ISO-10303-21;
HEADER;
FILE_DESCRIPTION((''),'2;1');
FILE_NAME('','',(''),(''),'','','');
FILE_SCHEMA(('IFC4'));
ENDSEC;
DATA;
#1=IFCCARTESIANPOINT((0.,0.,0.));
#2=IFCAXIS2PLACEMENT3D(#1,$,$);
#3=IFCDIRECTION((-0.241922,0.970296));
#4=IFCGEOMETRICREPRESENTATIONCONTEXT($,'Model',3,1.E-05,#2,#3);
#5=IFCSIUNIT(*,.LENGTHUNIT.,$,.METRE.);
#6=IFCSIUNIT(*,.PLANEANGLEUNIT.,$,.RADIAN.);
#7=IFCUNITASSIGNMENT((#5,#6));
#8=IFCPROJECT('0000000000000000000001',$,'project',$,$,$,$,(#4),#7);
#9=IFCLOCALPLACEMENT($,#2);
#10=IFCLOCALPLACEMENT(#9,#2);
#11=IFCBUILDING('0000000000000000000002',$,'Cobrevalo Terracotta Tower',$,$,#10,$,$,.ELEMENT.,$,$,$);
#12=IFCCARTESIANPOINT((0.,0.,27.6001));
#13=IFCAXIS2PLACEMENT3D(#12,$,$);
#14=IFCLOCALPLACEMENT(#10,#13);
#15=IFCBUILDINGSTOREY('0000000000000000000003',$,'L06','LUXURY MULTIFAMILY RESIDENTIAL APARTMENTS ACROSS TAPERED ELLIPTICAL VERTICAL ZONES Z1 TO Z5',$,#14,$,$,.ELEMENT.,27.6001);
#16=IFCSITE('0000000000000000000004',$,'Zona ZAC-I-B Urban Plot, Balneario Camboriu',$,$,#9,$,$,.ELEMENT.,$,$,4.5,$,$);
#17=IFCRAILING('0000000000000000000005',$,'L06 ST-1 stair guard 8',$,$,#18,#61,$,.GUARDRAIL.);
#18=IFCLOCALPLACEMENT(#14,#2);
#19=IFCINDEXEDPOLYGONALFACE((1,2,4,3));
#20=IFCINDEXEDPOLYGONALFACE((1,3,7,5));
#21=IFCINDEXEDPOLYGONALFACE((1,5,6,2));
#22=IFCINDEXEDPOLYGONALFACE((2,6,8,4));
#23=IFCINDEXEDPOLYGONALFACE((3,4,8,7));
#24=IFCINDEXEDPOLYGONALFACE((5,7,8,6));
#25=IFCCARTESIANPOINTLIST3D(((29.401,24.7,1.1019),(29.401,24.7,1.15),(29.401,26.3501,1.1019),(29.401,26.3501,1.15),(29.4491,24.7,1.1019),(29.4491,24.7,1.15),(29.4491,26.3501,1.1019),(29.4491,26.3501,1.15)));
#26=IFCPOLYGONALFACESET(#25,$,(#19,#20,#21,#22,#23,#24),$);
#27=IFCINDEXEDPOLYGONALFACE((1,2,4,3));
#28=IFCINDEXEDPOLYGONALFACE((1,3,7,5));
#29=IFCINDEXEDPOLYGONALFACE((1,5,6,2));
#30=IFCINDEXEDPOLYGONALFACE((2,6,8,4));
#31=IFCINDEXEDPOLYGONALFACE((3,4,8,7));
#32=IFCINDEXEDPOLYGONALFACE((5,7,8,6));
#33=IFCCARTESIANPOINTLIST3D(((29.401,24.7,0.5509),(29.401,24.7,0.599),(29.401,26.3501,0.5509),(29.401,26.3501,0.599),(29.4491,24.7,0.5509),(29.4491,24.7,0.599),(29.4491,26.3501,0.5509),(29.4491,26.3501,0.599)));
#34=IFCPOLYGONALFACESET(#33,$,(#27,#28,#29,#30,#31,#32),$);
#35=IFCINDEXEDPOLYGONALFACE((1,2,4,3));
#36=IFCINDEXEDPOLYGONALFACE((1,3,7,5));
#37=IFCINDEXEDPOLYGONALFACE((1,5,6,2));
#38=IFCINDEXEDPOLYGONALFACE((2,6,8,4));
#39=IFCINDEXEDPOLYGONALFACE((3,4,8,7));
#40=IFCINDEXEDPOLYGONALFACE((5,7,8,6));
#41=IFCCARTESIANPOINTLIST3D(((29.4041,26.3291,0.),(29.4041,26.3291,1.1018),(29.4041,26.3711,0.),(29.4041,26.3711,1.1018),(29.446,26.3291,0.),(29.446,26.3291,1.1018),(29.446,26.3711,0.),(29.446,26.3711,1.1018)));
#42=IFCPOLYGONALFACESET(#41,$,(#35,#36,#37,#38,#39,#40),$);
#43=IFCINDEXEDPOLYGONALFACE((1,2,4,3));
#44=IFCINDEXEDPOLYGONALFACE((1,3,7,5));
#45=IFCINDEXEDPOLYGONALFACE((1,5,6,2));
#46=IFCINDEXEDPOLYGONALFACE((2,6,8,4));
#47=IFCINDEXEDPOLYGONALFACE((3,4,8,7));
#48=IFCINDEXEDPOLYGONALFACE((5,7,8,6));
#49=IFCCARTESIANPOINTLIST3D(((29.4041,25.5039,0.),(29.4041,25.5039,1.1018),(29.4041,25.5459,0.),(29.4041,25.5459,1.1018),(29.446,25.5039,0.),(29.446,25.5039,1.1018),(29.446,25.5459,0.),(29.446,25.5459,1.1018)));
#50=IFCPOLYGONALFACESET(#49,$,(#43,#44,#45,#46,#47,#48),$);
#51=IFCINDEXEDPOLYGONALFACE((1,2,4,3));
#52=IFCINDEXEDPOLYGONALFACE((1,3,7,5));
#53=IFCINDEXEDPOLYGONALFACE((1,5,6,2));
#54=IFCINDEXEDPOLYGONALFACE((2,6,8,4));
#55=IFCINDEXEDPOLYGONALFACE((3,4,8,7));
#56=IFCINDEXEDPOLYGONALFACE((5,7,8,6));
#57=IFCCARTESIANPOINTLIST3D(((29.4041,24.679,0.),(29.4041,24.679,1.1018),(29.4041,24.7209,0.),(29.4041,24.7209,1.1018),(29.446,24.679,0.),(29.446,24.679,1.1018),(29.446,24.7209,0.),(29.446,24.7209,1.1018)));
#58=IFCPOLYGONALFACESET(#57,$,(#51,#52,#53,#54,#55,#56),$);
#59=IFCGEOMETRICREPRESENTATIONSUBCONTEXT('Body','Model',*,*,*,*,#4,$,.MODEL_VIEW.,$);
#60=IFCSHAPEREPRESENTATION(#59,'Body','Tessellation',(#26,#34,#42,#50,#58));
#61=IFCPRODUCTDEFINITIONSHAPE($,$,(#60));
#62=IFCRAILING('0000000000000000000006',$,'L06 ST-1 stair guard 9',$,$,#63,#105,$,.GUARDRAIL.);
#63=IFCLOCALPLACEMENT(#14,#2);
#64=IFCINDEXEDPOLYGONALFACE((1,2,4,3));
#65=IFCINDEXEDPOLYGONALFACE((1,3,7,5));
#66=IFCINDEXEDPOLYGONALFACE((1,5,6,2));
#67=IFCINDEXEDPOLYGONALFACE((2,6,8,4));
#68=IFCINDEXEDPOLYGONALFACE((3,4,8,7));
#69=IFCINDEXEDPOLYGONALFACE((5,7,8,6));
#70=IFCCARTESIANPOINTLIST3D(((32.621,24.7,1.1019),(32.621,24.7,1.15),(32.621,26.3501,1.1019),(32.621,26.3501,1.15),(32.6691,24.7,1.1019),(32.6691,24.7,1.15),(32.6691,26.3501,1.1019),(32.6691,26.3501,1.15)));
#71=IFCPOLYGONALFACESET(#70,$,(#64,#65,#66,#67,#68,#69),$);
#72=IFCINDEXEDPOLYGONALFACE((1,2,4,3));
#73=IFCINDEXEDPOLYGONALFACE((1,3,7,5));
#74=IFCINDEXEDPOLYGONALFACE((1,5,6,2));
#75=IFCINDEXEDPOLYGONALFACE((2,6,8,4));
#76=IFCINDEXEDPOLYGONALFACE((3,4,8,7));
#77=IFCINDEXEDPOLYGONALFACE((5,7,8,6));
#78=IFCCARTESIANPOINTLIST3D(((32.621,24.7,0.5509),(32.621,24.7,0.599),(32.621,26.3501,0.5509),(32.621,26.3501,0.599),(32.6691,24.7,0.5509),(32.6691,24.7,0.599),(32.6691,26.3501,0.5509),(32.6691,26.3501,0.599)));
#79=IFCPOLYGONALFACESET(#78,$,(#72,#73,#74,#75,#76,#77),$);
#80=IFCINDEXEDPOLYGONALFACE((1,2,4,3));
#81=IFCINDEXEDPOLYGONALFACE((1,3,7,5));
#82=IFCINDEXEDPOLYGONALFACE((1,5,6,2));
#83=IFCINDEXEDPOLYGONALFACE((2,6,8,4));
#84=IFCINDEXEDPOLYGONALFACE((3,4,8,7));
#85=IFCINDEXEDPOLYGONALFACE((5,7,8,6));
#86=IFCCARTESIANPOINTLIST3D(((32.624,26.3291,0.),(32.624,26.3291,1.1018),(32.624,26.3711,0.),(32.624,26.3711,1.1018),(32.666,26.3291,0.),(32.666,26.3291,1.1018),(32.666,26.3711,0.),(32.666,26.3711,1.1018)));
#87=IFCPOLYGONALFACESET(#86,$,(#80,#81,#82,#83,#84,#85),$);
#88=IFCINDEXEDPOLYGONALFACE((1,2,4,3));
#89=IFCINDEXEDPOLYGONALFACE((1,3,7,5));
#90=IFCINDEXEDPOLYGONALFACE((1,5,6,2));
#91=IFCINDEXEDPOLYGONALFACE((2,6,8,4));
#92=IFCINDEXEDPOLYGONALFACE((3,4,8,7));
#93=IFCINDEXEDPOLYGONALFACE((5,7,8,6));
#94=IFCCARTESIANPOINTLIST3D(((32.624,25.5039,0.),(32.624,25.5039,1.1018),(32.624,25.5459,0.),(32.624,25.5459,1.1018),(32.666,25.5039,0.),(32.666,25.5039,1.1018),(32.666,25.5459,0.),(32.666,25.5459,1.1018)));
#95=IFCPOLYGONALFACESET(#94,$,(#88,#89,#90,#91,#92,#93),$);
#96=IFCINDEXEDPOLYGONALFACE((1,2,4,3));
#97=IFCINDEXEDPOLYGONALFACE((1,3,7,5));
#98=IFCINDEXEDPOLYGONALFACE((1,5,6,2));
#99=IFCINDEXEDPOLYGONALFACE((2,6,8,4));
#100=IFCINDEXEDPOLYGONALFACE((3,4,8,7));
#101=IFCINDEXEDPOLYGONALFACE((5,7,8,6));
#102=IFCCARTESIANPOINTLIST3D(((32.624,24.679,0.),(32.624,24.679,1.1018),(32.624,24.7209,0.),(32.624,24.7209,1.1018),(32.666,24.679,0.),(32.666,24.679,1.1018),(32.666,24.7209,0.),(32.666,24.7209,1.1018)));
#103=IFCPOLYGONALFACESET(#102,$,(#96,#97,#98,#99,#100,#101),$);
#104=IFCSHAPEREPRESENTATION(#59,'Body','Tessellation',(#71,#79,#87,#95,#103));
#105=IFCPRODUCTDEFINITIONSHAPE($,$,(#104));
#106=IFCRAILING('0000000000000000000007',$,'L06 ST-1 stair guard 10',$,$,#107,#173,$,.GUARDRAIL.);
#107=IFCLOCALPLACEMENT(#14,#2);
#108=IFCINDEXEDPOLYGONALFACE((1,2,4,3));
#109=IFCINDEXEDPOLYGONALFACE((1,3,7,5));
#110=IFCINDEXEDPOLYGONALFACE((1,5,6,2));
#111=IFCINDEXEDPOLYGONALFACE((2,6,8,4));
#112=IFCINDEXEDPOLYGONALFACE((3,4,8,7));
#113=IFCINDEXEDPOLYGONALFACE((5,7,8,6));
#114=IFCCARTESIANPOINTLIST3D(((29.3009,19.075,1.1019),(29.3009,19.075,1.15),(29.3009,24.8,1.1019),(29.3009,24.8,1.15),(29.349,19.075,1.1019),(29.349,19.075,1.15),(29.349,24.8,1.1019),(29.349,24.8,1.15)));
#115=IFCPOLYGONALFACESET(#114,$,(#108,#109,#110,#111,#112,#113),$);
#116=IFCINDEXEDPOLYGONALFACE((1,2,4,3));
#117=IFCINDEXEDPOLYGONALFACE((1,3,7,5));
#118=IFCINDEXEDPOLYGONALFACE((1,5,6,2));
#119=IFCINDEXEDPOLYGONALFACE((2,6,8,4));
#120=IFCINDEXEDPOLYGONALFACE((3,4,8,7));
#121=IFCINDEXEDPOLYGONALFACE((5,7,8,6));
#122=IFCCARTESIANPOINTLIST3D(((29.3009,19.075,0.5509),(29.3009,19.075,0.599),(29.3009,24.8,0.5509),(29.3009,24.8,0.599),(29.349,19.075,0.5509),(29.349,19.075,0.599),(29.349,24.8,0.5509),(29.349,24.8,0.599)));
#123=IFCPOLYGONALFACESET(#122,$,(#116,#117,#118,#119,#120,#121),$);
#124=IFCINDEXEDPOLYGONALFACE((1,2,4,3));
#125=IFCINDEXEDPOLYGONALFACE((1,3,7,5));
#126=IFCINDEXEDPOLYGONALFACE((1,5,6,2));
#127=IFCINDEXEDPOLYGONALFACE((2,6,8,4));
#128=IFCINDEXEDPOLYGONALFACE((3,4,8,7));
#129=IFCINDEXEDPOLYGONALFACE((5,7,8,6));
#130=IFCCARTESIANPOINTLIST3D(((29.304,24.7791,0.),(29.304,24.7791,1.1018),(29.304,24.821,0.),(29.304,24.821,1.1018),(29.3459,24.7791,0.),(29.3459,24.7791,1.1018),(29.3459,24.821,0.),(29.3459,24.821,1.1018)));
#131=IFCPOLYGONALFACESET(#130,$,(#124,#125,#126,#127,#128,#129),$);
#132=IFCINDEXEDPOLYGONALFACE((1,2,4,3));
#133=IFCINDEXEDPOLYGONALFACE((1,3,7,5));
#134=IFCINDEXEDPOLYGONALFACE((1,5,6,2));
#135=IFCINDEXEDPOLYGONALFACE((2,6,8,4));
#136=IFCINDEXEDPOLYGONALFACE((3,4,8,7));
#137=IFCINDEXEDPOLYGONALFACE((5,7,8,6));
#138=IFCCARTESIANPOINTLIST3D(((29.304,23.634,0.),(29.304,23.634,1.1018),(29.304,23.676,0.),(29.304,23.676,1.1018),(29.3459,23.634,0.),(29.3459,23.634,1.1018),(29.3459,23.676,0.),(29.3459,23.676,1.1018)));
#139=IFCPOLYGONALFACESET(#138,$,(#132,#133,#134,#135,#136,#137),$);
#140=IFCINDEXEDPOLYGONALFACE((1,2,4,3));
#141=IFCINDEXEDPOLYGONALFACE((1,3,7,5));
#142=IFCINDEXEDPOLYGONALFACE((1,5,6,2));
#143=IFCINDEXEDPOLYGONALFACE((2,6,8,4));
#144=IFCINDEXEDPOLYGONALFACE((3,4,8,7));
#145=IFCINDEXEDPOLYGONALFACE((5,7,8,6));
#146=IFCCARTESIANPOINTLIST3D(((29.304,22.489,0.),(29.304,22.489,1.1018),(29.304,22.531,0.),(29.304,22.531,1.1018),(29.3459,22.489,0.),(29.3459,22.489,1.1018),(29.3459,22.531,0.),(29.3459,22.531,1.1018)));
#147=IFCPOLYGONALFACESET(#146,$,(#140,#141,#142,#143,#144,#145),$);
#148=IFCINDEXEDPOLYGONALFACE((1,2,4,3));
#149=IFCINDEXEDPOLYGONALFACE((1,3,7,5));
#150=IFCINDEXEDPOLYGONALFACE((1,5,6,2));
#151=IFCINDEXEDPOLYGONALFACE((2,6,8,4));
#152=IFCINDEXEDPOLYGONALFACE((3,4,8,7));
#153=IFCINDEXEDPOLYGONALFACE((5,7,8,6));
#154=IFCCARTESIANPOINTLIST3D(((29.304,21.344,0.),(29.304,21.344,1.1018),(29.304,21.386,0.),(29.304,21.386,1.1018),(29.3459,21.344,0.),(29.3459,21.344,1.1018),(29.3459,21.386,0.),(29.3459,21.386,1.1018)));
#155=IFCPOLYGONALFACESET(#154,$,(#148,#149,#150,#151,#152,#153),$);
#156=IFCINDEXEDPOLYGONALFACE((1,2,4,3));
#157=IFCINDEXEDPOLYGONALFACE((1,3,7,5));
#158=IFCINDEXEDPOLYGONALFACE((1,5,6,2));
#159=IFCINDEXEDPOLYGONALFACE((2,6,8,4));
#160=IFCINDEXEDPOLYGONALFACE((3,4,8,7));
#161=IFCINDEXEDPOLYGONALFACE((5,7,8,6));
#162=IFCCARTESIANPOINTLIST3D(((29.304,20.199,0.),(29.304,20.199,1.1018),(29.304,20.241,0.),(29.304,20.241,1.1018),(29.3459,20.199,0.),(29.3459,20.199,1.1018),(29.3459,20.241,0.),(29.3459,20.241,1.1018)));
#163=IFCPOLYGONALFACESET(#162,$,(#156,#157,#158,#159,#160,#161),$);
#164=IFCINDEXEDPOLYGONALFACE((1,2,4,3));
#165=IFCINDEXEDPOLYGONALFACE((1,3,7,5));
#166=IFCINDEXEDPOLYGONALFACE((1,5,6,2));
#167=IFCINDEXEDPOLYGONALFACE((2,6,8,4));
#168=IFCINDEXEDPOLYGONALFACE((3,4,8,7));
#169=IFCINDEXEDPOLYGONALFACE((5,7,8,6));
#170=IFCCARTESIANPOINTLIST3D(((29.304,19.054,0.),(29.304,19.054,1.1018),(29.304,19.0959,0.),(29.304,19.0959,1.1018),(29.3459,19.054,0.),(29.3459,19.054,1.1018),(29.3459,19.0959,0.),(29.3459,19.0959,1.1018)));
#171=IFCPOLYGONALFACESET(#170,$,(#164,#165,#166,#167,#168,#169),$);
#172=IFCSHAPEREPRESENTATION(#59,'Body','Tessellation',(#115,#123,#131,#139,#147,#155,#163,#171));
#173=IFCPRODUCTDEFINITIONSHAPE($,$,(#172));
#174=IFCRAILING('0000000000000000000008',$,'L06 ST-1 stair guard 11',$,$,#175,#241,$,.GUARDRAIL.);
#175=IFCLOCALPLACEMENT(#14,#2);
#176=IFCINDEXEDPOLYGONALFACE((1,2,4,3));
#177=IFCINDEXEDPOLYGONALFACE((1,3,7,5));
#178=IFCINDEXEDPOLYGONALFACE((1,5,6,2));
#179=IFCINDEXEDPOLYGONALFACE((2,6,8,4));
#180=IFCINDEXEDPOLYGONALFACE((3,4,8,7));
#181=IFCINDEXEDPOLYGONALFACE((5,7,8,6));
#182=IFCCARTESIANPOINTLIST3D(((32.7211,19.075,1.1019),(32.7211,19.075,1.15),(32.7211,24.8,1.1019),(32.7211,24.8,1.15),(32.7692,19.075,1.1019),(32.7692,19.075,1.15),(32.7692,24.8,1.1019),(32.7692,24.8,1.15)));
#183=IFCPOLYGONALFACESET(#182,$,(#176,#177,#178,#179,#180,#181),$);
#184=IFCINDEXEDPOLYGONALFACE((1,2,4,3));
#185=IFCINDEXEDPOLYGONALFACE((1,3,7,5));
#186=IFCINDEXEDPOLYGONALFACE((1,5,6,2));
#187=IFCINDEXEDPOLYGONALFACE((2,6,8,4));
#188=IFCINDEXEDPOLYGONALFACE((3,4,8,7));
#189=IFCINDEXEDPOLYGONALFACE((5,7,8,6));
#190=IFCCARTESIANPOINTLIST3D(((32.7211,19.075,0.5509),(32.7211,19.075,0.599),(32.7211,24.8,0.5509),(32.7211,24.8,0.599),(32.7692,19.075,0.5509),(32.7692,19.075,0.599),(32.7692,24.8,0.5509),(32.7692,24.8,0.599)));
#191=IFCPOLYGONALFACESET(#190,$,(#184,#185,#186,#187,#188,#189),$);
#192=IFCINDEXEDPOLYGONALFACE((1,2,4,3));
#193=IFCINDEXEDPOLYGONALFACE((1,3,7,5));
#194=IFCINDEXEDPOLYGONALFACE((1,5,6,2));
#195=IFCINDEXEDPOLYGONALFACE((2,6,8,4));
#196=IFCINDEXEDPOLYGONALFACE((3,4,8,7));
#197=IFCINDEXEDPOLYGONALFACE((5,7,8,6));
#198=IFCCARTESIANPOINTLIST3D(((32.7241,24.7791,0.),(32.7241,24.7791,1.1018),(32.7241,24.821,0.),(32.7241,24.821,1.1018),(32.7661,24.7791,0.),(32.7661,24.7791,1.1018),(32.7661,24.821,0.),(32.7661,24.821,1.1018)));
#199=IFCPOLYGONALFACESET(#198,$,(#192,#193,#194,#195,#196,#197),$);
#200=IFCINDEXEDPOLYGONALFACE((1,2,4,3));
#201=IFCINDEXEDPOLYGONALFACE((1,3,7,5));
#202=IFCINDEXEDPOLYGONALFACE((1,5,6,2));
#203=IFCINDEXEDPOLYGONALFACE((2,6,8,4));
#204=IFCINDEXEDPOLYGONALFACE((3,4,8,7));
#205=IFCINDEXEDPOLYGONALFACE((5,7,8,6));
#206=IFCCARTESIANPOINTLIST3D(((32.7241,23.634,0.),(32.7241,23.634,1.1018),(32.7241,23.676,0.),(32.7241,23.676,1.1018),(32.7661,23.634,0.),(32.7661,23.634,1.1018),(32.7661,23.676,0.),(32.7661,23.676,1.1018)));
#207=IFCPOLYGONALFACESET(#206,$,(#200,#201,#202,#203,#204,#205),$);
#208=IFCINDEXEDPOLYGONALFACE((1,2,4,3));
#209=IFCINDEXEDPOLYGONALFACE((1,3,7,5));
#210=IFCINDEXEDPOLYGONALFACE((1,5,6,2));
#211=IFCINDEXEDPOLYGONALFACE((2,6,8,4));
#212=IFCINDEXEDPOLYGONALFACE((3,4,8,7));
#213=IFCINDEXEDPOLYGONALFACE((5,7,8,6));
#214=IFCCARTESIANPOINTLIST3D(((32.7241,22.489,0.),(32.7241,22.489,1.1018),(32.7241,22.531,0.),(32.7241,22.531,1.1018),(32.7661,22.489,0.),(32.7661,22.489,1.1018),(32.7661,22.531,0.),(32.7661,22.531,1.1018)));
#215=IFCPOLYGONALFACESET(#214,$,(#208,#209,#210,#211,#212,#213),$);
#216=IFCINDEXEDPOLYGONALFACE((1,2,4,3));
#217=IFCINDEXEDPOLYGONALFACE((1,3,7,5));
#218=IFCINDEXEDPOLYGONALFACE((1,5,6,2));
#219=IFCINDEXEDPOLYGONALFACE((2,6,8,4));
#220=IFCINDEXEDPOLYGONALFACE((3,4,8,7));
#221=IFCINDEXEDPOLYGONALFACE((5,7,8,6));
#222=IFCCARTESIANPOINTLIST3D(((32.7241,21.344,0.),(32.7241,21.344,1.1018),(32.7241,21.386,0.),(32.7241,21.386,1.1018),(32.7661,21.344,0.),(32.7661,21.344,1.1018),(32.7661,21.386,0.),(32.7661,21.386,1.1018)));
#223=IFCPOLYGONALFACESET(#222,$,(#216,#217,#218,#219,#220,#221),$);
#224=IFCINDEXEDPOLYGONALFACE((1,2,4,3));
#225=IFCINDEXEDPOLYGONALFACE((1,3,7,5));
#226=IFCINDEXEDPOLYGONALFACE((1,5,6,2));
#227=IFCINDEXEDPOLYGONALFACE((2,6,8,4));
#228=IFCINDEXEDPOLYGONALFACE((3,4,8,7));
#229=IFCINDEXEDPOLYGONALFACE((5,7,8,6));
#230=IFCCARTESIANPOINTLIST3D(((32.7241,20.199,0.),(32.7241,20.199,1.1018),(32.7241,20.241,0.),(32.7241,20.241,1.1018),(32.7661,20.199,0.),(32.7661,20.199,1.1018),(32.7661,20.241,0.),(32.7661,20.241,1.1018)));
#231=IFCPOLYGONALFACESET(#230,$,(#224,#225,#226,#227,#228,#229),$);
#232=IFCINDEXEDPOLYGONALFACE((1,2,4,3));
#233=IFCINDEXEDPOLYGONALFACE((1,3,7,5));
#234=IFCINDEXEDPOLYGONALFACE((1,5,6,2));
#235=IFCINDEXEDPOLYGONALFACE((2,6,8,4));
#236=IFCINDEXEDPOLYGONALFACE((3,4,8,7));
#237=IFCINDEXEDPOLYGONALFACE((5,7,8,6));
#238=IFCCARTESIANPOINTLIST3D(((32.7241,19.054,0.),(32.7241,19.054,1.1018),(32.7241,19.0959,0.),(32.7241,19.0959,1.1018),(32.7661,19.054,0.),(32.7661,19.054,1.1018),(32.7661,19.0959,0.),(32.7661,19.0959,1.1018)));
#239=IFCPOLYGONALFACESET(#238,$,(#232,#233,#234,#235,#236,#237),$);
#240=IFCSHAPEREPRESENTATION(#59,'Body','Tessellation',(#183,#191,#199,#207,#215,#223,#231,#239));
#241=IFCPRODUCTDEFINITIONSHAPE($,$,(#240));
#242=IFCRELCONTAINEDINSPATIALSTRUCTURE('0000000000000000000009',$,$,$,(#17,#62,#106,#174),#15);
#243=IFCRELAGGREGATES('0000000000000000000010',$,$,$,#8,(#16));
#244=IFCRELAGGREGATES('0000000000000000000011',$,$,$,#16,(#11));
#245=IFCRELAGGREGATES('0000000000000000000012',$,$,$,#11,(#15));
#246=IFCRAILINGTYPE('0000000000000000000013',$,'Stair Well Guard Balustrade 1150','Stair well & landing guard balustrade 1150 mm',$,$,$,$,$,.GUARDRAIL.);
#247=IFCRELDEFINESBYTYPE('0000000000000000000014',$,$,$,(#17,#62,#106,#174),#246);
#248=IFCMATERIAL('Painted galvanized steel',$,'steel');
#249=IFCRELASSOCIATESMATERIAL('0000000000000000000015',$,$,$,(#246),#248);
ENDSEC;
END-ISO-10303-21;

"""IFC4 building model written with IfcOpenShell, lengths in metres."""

from ifc_helpers import new_model, si_unit, direction, frame, origin, origin_2d, place, context, subcontext, project, spatial, rectangle, extrude, material, type_object, element, save


model = new_model("IFC4")

# Units and contexts
model_context = context("Model", 3, precision=1e-05, world=origin(), true_north=direction((-0.241922, 0.970296)))
body_context = subcontext(model_context, "Body", "Model", "MODEL_VIEW")
ifc_project = project(units=[si_unit("LENGTHUNIT", "METRE"), si_unit("PLANEANGLEUNIT", "RADIAN")], contexts=[model_context])

# Site, building, storey
site_placement = place(None, origin())
site = spatial("IfcSite", under=ifc_project, at=site_placement, Name="Zona ZAC-I-B Urban Plot, Balneario Camboriu", CompositionType="ELEMENT", RefElevation=4.5)
building_placement = place(site_placement, origin())
building = spatial("IfcBuilding", under=site, at=building_placement, Name="Cobrevalo Terracotta Tower", CompositionType="ELEMENT")
storey_placement = place(building_placement, frame((0.0, 0.0, 27.6001)))
storey = spatial("IfcBuildingStorey", under=building, at=storey_placement, Name="L06", Description="LUXURY MULTIFAMILY RESIDENTIAL APARTMENTS ACROSS TAPERED ELLIPTICAL VERTICAL ZONES Z1 TO Z5", CompositionType="ELEMENT", Elevation=27.6001)

# Railings
ifc_material_1 = material(Name="Painted galvanized steel", Category="steel")
railing_type_1 = type_object("IfcRailingType", Name="Stair Well Guard Balustrade 1150", Description="Stair well & landing guard balustrade 1150 mm", PredefinedType="GUARDRAIL", material=ifc_material_1)
for number, where, name in (
    (1, (29.425, 26.3501, 0.0), "L06 ST-1 stair guard 8"),
    (2, (32.645, 26.3501, 0.0), "L06 ST-1 stair guard 9"),
):
    element("IfcRailing", number, at=place(storey_placement, frame(where)), inside=storey, type_object=railing_type_1, Name=name, PredefinedType="GUARDRAIL", context=body_context, shape_type="SweptSolid", body=[
        extrude(rectangle(XDim=0.0481, YDim=0.0481, at=origin_2d()), frame((0.0, 0.0, 1.126), z_axis=(0.0, -1.0, 0.0), x_axis=(1.0, 0.0, 0.0)), (0.0, 0.0, 1.0), 1.6501),
        extrude(rectangle(XDim=0.0481, YDim=0.0481, at=origin_2d()), frame((0.0, 0.0, 0.575), z_axis=(0.0, -1.0, 0.0), x_axis=(1.0, 0.0, 0.0)), (0.0, 0.0, 1.0), 1.6501),
        extrude(rectangle(XDim=0.042, YDim=0.042, at=origin_2d()), origin(), (0.0, 0.0, 1.0), 1.1018),
        extrude(rectangle(XDim=0.042, YDim=0.042, at=origin_2d()), frame((0.0, -0.8252, 0.0)), (0.0, 0.0, 1.0), 1.1018),
        extrude(rectangle(XDim=0.042, YDim=0.042, at=origin_2d()), frame((0.0, -1.6501, 0.0)), (0.0, 0.0, 1.0), 1.1018),
    ])
for number, where, name in (
    (3, (29.325, 24.8, 0.0), "L06 ST-1 stair guard 10"),
    (4, (32.7451, 24.8, 0.0), "L06 ST-1 stair guard 11"),
):
    element("IfcRailing", number, at=place(storey_placement, frame(where)), inside=storey, type_object=railing_type_1, Name=name, PredefinedType="GUARDRAIL", context=body_context, shape_type="SweptSolid", body=[
        extrude(rectangle(XDim=0.0481, YDim=0.0481, at=origin_2d()), frame((0.0, 0.0, 1.126), z_axis=(0.0, -1.0, 0.0), x_axis=(1.0, 0.0, 0.0)), (0.0, 0.0, 1.0), 5.7251),
        extrude(rectangle(XDim=0.0481, YDim=0.0481, at=origin_2d()), frame((0.0, 0.0, 0.575), z_axis=(0.0, -1.0, 0.0), x_axis=(1.0, 0.0, 0.0)), (0.0, 0.0, 1.0), 5.7251),
        extrude(rectangle(XDim=0.042, YDim=0.042, at=origin_2d()), origin(), (0.0, 0.0, 1.0), 1.1018),
        extrude(rectangle(XDim=0.042, YDim=0.042, at=origin_2d()), frame((0.0, -1.145, 0.0)), (0.0, 0.0, 1.0), 1.1018),
        extrude(rectangle(XDim=0.042, YDim=0.042, at=origin_2d()), frame((0.0, -2.29, 0.0)), (0.0, 0.0, 1.0), 1.1018),
        extrude(rectangle(XDim=0.042, YDim=0.042, at=origin_2d()), frame((0.0, -3.4351, 0.0)), (0.0, 0.0, 1.0), 1.1018),
        extrude(rectangle(XDim=0.042, YDim=0.042, at=origin_2d()), frame((0.0, -4.5801, 0.0)), (0.0, 0.0, 1.0), 1.1018),
        extrude(rectangle(XDim=0.042, YDim=0.042, at=origin_2d()), frame((0.0, -5.7251, 0.0)), (0.0, 0.0, 1.0), 1.1018),
    ])

save(model, "model.ifc")
